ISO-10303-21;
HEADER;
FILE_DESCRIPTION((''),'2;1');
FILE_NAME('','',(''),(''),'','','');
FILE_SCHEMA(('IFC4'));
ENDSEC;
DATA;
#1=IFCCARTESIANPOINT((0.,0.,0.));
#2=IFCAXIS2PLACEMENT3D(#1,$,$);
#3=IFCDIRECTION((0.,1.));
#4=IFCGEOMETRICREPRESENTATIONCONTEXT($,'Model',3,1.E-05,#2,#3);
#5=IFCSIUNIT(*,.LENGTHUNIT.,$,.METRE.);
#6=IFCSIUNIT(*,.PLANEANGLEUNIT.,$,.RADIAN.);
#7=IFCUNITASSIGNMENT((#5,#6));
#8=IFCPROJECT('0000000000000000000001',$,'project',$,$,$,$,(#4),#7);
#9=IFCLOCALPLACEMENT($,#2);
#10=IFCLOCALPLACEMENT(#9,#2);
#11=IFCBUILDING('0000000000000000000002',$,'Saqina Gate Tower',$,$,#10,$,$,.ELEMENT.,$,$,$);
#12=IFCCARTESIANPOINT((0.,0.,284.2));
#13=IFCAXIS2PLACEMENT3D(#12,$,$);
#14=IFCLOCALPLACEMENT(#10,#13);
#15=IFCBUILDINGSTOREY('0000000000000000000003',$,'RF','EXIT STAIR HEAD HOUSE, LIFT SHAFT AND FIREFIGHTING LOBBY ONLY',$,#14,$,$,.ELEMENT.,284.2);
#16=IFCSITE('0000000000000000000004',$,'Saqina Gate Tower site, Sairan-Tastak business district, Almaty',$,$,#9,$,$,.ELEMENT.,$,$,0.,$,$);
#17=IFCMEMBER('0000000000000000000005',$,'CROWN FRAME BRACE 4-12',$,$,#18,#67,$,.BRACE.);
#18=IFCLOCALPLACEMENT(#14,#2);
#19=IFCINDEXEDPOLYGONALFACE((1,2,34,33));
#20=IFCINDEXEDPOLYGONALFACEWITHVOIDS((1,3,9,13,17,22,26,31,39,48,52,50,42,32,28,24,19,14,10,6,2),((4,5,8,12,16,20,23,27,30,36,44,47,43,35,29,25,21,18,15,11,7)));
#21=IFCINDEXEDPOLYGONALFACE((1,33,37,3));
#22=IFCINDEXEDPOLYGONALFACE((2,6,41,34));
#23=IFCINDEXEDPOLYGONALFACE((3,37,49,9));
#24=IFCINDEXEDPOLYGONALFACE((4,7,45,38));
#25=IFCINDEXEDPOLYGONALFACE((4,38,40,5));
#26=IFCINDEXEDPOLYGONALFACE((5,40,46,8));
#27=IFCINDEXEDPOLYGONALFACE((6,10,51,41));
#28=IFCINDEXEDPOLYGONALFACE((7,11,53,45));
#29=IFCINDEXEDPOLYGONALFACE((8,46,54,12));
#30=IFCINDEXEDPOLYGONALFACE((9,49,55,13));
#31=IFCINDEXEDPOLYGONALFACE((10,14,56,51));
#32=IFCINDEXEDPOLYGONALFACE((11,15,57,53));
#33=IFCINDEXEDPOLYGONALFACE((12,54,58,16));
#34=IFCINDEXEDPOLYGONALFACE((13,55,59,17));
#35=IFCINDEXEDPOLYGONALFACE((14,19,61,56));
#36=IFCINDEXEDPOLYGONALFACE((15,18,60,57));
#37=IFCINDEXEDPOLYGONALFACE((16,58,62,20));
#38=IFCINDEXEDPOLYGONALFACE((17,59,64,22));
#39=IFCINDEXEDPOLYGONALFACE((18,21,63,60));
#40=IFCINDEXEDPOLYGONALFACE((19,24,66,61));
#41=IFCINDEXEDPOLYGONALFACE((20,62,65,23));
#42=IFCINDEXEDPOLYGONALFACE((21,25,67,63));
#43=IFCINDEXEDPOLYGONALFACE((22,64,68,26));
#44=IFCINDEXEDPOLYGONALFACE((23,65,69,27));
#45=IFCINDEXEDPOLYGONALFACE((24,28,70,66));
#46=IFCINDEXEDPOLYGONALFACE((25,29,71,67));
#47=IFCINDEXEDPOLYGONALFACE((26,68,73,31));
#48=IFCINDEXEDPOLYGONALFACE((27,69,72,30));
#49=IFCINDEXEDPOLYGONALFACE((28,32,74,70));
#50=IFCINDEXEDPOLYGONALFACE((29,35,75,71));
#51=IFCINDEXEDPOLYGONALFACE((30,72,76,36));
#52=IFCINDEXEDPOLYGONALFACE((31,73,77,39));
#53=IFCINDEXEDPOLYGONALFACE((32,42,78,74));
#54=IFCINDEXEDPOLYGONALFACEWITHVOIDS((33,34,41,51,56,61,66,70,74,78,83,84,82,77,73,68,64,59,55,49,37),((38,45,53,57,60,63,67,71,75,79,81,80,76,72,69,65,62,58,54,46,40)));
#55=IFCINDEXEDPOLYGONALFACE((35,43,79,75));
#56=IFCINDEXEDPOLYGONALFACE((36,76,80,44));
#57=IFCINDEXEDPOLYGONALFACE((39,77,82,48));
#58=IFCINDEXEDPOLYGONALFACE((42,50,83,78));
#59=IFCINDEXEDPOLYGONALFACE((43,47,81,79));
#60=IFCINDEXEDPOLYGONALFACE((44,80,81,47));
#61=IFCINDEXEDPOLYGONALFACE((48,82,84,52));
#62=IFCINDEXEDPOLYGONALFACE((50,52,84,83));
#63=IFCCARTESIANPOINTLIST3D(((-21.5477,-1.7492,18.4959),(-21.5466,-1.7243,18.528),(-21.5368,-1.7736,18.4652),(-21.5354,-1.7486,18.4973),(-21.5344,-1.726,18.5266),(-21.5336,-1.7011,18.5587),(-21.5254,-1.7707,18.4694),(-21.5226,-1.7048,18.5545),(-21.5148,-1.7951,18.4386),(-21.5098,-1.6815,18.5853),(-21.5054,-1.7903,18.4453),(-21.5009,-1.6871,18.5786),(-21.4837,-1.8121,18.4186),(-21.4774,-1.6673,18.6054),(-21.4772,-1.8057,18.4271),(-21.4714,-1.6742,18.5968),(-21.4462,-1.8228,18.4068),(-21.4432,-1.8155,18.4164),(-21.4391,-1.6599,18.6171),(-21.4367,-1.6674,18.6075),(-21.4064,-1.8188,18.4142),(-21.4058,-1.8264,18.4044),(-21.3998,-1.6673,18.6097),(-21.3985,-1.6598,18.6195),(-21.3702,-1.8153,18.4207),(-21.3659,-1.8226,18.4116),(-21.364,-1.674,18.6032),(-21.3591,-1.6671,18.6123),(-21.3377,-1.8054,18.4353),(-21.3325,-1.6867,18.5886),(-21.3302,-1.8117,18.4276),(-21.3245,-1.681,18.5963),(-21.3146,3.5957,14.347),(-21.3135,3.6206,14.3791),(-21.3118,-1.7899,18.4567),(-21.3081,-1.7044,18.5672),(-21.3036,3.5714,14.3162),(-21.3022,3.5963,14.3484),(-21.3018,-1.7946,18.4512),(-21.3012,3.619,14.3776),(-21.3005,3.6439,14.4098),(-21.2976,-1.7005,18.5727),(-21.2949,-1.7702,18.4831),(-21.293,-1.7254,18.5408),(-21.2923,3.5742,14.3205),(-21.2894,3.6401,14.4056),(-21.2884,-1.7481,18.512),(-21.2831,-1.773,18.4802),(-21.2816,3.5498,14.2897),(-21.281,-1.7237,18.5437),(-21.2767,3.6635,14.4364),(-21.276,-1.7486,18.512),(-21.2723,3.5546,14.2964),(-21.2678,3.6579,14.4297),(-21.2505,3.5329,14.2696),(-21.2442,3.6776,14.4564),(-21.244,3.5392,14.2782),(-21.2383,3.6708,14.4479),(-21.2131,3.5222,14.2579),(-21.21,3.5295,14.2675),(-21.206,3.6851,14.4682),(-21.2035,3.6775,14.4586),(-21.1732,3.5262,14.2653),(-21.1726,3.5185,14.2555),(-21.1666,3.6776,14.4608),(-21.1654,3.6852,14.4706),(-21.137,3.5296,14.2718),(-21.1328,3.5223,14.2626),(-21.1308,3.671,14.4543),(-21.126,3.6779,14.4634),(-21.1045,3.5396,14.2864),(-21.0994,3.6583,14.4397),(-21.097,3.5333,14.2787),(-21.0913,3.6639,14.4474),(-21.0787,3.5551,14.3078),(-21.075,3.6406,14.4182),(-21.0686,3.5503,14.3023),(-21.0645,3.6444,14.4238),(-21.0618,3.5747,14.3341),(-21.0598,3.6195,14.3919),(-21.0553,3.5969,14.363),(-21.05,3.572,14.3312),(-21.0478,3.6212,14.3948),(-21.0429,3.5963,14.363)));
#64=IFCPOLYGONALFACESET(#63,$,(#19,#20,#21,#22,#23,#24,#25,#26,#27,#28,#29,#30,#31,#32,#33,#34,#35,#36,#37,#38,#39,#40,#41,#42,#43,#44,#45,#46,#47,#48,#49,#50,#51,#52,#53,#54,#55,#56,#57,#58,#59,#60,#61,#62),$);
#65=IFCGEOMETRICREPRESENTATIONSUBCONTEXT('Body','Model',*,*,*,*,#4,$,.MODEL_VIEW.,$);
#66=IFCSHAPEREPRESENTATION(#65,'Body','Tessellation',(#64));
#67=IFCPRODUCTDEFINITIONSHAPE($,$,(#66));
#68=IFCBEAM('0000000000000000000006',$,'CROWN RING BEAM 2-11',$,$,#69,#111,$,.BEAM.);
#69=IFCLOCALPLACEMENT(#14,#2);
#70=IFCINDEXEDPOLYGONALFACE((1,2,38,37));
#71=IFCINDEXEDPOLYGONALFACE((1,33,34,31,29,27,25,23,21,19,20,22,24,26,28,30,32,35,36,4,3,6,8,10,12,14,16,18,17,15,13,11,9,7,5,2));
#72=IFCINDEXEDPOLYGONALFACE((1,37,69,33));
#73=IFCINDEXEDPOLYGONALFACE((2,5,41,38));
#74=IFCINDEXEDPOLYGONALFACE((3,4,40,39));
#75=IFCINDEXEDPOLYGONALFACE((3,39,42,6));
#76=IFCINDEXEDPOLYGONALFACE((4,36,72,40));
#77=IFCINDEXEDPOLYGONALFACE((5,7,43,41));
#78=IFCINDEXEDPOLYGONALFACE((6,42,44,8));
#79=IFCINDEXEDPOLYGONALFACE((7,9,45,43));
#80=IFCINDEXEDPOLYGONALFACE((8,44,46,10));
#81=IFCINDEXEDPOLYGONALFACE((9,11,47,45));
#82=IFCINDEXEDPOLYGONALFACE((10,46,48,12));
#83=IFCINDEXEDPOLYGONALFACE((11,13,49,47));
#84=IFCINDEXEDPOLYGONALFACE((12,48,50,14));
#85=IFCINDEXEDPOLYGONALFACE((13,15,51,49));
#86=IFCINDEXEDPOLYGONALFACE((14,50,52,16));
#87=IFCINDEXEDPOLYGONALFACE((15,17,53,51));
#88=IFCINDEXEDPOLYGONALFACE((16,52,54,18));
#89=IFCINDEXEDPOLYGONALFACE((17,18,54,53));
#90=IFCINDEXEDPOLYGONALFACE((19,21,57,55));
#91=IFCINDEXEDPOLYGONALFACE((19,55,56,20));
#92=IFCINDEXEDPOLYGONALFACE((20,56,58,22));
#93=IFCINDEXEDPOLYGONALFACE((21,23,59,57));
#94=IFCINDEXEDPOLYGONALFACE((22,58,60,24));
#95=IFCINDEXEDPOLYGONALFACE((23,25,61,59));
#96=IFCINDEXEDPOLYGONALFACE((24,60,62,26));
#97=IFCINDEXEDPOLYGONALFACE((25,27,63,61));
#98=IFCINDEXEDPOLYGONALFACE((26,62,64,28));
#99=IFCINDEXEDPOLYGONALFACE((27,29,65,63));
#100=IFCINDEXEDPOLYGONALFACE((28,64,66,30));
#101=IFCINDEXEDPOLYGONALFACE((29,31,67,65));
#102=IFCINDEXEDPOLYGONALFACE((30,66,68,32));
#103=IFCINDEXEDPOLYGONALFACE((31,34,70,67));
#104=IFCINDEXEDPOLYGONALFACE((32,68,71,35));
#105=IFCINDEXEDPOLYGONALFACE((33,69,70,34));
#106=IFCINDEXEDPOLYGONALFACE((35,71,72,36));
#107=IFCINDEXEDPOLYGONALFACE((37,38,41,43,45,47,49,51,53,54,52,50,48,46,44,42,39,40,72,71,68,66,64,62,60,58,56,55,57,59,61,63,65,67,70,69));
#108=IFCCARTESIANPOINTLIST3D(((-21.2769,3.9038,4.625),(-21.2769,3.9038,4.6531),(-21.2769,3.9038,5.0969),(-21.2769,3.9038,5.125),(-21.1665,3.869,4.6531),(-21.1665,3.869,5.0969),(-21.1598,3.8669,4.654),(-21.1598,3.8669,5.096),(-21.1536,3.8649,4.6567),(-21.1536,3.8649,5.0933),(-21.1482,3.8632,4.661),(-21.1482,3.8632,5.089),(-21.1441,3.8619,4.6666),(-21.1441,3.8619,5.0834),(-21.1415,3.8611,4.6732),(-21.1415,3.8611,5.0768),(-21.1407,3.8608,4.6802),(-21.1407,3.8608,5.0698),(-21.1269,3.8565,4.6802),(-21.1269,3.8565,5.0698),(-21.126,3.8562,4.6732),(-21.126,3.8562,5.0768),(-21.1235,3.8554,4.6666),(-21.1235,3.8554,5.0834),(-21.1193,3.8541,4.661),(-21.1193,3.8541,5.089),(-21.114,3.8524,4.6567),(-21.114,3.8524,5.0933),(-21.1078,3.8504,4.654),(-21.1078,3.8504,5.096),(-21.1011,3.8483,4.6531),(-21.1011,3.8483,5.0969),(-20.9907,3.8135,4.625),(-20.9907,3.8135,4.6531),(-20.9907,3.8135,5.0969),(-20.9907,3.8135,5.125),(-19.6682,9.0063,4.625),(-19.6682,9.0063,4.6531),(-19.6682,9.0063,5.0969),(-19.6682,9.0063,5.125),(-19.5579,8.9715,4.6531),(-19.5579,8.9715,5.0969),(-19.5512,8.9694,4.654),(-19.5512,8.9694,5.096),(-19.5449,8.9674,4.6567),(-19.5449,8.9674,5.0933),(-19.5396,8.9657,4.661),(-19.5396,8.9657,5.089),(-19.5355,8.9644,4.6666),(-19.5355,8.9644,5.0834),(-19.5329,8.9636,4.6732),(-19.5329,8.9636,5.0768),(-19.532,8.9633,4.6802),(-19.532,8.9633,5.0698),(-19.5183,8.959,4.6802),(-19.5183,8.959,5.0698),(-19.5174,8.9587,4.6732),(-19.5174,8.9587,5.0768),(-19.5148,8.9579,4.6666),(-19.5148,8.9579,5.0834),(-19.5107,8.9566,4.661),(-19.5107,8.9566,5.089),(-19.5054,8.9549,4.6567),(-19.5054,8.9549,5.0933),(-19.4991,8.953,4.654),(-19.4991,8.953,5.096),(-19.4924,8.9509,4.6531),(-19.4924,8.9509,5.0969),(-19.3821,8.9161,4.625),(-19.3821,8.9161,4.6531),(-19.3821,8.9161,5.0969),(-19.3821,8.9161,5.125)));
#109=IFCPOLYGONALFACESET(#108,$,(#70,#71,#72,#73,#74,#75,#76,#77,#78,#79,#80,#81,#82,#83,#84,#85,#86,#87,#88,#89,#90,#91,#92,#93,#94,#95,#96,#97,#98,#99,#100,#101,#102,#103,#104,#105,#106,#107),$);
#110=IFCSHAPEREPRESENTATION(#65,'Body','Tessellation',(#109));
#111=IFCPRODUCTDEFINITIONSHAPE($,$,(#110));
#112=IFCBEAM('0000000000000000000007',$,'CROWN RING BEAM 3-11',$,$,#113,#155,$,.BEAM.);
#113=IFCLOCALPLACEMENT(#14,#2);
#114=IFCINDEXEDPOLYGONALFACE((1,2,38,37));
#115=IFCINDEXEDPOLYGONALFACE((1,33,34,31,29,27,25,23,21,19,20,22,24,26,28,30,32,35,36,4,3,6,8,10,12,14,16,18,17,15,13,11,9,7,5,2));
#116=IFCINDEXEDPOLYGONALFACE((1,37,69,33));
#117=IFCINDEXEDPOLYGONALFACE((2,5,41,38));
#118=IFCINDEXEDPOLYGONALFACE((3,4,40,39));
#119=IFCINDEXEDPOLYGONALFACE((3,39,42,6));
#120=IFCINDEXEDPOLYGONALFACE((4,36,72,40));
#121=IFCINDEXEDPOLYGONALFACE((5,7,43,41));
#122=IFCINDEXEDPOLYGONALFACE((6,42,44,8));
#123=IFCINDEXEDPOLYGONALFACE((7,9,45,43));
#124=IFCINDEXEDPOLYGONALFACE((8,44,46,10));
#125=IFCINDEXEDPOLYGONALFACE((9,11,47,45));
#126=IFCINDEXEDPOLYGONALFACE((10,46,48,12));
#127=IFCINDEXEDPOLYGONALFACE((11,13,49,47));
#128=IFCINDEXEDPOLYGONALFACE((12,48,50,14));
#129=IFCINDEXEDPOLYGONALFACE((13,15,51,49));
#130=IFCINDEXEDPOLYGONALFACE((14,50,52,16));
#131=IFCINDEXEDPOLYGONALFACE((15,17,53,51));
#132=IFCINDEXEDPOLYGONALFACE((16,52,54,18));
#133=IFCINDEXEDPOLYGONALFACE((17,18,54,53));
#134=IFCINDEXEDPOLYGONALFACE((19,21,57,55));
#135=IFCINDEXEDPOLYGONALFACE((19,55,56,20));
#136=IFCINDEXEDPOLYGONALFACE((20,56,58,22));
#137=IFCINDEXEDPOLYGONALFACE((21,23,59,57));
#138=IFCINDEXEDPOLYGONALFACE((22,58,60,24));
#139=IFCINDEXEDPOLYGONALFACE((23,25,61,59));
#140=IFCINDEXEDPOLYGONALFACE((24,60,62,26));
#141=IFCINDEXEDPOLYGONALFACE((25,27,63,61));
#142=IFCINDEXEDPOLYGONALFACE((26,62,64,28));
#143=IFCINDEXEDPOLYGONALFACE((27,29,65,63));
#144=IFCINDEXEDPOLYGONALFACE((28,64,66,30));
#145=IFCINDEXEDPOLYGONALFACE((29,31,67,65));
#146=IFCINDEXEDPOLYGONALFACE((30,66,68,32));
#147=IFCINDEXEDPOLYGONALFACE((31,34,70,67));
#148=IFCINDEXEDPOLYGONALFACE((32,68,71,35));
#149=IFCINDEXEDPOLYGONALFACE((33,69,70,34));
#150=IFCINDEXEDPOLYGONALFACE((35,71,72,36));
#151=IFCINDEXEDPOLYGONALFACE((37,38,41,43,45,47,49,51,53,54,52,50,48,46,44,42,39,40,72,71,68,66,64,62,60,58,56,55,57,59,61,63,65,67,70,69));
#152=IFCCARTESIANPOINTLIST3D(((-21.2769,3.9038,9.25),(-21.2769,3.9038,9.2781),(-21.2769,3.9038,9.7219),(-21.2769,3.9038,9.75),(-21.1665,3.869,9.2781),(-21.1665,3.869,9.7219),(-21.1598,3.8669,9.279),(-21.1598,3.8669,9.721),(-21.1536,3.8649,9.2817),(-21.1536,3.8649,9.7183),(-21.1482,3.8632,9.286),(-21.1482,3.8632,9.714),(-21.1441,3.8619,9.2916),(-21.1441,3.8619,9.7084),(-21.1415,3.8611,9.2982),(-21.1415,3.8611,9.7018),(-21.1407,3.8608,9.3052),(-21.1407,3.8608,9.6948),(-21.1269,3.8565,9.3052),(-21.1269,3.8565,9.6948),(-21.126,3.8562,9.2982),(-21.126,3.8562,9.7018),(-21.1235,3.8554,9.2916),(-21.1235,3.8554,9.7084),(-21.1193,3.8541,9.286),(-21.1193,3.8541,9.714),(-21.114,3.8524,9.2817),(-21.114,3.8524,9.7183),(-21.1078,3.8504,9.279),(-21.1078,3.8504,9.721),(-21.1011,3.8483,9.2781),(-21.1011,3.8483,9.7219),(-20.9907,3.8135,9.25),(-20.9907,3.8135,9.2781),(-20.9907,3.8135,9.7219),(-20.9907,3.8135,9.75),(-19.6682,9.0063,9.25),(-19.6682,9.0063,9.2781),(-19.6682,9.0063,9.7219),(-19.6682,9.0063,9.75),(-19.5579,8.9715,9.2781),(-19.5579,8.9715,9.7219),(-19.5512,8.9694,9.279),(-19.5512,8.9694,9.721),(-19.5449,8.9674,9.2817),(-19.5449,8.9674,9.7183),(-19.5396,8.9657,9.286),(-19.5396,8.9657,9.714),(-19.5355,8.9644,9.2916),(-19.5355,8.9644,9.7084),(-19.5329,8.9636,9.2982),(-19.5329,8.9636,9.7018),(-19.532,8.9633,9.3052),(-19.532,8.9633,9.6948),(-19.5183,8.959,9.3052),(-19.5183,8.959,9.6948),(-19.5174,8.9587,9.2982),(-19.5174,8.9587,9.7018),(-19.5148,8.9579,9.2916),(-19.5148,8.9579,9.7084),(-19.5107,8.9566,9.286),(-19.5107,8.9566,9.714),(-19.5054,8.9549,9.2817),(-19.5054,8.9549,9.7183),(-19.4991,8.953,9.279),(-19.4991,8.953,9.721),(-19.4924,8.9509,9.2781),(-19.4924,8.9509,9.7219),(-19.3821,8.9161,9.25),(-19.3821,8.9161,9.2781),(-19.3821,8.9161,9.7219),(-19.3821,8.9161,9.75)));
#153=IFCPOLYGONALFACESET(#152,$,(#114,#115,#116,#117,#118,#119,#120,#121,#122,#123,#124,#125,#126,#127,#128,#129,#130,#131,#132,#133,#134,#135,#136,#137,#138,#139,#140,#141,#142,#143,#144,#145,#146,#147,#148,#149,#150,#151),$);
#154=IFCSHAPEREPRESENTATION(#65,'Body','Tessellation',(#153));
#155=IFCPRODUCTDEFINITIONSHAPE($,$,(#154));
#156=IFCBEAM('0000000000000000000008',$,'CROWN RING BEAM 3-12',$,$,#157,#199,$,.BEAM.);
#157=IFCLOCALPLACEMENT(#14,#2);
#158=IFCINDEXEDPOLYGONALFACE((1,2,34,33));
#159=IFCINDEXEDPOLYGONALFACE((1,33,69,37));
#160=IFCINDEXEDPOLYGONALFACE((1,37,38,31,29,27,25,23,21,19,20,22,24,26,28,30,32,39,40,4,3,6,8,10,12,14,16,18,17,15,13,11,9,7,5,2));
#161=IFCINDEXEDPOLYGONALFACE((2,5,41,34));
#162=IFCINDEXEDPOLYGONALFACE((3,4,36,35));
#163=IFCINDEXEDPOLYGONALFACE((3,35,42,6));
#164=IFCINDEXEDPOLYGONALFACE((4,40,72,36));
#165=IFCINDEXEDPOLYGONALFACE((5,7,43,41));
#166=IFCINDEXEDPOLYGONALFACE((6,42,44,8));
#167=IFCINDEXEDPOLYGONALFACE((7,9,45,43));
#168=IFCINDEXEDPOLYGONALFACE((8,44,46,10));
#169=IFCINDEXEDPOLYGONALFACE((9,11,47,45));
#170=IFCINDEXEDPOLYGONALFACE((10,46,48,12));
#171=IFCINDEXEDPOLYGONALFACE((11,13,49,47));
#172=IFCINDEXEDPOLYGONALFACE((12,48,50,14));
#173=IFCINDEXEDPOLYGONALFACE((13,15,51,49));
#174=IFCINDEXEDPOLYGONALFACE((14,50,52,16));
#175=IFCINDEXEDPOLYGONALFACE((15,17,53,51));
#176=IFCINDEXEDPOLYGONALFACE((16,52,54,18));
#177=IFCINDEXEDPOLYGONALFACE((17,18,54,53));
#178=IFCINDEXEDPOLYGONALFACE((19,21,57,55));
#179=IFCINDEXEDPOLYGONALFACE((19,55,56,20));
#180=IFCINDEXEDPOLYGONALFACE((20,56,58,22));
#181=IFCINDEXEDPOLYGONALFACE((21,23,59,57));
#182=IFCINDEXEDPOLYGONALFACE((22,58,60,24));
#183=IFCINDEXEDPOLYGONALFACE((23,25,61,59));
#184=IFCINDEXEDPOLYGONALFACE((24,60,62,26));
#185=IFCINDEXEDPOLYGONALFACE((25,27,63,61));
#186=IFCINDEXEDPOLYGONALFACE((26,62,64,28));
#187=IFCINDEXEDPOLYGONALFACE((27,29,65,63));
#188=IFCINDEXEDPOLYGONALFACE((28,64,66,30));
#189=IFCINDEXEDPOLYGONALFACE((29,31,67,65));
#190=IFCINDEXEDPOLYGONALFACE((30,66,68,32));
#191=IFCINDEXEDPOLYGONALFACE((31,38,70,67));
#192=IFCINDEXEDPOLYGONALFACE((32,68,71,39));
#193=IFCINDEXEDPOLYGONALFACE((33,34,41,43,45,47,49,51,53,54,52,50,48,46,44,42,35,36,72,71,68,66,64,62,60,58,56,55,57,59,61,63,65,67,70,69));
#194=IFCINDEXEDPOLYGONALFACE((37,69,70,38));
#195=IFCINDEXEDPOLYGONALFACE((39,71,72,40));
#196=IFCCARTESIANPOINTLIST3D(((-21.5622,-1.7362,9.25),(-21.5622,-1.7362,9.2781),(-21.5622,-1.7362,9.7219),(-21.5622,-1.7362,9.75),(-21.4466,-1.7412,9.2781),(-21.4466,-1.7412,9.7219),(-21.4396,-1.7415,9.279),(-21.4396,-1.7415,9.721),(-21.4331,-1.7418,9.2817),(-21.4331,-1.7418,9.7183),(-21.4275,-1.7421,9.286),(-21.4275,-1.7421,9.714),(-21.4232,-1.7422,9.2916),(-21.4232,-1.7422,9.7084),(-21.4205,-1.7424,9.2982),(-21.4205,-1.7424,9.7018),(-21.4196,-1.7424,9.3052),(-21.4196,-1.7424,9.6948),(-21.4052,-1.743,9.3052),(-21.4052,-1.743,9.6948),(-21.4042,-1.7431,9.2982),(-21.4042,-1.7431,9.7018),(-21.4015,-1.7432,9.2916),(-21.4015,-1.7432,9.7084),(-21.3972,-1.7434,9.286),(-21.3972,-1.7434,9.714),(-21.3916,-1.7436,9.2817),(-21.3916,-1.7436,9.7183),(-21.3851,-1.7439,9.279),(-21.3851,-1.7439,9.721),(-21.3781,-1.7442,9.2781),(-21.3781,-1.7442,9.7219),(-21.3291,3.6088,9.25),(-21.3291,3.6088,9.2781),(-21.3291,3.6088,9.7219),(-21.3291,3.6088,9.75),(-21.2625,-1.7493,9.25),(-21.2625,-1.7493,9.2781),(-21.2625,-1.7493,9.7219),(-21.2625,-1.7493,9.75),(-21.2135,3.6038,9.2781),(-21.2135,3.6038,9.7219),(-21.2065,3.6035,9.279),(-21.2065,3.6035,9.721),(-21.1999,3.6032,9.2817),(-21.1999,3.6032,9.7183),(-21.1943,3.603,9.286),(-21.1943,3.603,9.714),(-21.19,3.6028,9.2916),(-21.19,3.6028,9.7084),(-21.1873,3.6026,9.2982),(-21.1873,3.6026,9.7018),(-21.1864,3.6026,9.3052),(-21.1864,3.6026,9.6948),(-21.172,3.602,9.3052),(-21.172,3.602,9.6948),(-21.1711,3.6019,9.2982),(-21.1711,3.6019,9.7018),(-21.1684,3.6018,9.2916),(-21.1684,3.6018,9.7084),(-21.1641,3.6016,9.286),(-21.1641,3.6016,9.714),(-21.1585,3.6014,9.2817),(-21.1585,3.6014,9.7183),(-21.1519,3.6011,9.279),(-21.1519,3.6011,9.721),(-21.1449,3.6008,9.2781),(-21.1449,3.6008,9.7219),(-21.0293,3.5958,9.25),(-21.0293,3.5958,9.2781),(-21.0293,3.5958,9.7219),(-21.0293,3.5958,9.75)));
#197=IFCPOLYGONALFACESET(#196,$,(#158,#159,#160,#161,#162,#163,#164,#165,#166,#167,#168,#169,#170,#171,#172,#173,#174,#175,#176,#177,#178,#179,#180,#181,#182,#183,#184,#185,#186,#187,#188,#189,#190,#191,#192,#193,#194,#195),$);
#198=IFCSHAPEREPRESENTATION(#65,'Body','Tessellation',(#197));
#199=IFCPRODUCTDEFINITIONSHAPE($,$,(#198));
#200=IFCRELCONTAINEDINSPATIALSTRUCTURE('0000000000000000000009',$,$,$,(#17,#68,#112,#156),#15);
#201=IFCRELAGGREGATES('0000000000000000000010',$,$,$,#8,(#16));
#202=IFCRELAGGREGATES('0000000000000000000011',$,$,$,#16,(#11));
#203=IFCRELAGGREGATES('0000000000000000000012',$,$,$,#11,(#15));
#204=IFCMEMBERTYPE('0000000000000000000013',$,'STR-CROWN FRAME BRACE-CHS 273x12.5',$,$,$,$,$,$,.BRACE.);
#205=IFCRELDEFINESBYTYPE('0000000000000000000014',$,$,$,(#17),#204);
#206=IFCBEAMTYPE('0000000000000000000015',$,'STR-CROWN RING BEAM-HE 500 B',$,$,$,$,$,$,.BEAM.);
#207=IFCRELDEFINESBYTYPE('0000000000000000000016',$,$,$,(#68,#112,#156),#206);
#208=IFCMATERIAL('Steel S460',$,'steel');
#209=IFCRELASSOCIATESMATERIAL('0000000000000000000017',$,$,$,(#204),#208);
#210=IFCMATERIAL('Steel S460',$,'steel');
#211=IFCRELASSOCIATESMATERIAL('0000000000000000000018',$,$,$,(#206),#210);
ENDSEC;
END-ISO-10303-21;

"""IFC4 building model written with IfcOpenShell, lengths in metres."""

from ifc_helpers import new_model, si_unit, direction, frame, origin, origin_2d, place, context, subcontext, project, spatial, hollow_circle, i_section, extrude, material, material_profile, profile_set, type_object, element, save


model = new_model("IFC4")

# Units and contexts
model_context = context("Model", 3, precision=1e-05, world=origin(), true_north=direction((0.0, 1.0)))
body_context = subcontext(model_context, "Body", "Model", "MODEL_VIEW")
ifc_project = project(units=[si_unit("LENGTHUNIT", "METRE"), si_unit("PLANEANGLEUNIT", "RADIAN")], contexts=[model_context])

# Site, building, storey
site_placement = place(None, origin())
site = spatial("IfcSite", under=ifc_project, at=site_placement, Name="Saqina Gate Tower site, Sairan-Tastak business district, Almaty", CompositionType="ELEMENT", RefElevation=0.0)
building_placement = place(site_placement, origin())
building = spatial("IfcBuilding", under=site, at=building_placement, Name="Saqina Gate Tower", CompositionType="ELEMENT")
storey_placement = place(building_placement, frame((0.0, 0.0, 284.2)))
storey = spatial("IfcBuildingStorey", under=building, at=storey_placement, Name="RF", Description="EXIT STAIR HEAD HOUSE, LIFT SHAFT AND FIREFIGHTING LOBBY ONLY", CompositionType="ELEMENT", Elevation=284.2)

# Member
ifc_material_1 = material(Name="Steel S460", Category="steel")
ifc_material_profile_1 = material_profile(ifc_material_1, hollow_circle(Radius=0.1365, WallThickness=0.0125, at=origin_2d()), Name="CHS 273x12.5")
ifc_profile_set_1 = profile_set([ifc_material_profile_1], Name="Steel S460")
member_type = type_object("IfcMemberType", Name="STR-CROWN FRAME BRACE-CHS 273x12.5", PredefinedType="BRACE", material=ifc_profile_set_1)
for number, where, z_axis, x_axis, name in (
    (1, (-21.1792, 3.6023, 14.363), (-0.034438, -0.789476, 0.612815), (0.99905, -0.04358, 0.0), "CROWN FRAME BRACE 4-12"),
):
    element("IfcMember", number, at=place(storey_placement, frame(where, z_axis=z_axis, x_axis=x_axis)), inside=storey, type_object=member_type, Name=name, PredefinedType="BRACE", context=body_context, shape_type="SweptSolid", body=[
        extrude(hollow_circle(Radius=0.1365, WallThickness=0.0125, at=origin_2d()), origin(), (0.0, 0.0, 1.0), 6.7703),
    ])

# Beams
ifc_material_2 = material(Name="Steel S460", Category="steel")
ifc_material_profile_2 = material_profile(ifc_material_2, i_section(OverallWidth=0.3, OverallDepth=0.5, WebThickness=0.0144, FlangeThickness=0.0281, FilletRadius=0.0271, at=origin_2d()), Name="HE 500 B")
ifc_profile_set_2 = profile_set([ifc_material_profile_2], Name="Steel S460")
beam_type_1 = type_object("IfcBeamType", Name="STR-CROWN RING BEAM-HE 500 B", PredefinedType="BEAM", material=ifc_profile_set_2)
for number, where, z_axis, x_axis, name in (
    (2, (-19.5251, 8.9612, 4.875), (-0.300675, -0.953727, 0.0), (0.953727, -0.300675, 0.0), "CROWN RING BEAM 2-11"),
    (3, (-19.5251, 8.9612, 9.5), (-0.300675, -0.953727, 0.0), (0.953727, -0.300675, 0.0), "CROWN RING BEAM 3-11"),
    (4, (-21.1792, 3.6023, 9.5), (-0.04358, -0.99905, 0.0), (0.99905, -0.04358, 0.0), "CROWN RING BEAM 3-12"),
):
    element("IfcBeam", number, at=place(storey_placement, frame(where, z_axis=z_axis, x_axis=x_axis)), inside=storey, type_object=beam_type_1, Name=name, PredefinedType="BEAM", context=body_context, shape_type="SweptSolid", body=[
        extrude(i_section(OverallWidth=0.3, OverallDepth=0.5, WebThickness=0.0144, FlangeThickness=0.0281, FilletRadius=0.0271, at=origin_2d()), origin(), (0.0, 0.0, 1.0), 5.3501),
    ])

save(model, "model.ifc")
